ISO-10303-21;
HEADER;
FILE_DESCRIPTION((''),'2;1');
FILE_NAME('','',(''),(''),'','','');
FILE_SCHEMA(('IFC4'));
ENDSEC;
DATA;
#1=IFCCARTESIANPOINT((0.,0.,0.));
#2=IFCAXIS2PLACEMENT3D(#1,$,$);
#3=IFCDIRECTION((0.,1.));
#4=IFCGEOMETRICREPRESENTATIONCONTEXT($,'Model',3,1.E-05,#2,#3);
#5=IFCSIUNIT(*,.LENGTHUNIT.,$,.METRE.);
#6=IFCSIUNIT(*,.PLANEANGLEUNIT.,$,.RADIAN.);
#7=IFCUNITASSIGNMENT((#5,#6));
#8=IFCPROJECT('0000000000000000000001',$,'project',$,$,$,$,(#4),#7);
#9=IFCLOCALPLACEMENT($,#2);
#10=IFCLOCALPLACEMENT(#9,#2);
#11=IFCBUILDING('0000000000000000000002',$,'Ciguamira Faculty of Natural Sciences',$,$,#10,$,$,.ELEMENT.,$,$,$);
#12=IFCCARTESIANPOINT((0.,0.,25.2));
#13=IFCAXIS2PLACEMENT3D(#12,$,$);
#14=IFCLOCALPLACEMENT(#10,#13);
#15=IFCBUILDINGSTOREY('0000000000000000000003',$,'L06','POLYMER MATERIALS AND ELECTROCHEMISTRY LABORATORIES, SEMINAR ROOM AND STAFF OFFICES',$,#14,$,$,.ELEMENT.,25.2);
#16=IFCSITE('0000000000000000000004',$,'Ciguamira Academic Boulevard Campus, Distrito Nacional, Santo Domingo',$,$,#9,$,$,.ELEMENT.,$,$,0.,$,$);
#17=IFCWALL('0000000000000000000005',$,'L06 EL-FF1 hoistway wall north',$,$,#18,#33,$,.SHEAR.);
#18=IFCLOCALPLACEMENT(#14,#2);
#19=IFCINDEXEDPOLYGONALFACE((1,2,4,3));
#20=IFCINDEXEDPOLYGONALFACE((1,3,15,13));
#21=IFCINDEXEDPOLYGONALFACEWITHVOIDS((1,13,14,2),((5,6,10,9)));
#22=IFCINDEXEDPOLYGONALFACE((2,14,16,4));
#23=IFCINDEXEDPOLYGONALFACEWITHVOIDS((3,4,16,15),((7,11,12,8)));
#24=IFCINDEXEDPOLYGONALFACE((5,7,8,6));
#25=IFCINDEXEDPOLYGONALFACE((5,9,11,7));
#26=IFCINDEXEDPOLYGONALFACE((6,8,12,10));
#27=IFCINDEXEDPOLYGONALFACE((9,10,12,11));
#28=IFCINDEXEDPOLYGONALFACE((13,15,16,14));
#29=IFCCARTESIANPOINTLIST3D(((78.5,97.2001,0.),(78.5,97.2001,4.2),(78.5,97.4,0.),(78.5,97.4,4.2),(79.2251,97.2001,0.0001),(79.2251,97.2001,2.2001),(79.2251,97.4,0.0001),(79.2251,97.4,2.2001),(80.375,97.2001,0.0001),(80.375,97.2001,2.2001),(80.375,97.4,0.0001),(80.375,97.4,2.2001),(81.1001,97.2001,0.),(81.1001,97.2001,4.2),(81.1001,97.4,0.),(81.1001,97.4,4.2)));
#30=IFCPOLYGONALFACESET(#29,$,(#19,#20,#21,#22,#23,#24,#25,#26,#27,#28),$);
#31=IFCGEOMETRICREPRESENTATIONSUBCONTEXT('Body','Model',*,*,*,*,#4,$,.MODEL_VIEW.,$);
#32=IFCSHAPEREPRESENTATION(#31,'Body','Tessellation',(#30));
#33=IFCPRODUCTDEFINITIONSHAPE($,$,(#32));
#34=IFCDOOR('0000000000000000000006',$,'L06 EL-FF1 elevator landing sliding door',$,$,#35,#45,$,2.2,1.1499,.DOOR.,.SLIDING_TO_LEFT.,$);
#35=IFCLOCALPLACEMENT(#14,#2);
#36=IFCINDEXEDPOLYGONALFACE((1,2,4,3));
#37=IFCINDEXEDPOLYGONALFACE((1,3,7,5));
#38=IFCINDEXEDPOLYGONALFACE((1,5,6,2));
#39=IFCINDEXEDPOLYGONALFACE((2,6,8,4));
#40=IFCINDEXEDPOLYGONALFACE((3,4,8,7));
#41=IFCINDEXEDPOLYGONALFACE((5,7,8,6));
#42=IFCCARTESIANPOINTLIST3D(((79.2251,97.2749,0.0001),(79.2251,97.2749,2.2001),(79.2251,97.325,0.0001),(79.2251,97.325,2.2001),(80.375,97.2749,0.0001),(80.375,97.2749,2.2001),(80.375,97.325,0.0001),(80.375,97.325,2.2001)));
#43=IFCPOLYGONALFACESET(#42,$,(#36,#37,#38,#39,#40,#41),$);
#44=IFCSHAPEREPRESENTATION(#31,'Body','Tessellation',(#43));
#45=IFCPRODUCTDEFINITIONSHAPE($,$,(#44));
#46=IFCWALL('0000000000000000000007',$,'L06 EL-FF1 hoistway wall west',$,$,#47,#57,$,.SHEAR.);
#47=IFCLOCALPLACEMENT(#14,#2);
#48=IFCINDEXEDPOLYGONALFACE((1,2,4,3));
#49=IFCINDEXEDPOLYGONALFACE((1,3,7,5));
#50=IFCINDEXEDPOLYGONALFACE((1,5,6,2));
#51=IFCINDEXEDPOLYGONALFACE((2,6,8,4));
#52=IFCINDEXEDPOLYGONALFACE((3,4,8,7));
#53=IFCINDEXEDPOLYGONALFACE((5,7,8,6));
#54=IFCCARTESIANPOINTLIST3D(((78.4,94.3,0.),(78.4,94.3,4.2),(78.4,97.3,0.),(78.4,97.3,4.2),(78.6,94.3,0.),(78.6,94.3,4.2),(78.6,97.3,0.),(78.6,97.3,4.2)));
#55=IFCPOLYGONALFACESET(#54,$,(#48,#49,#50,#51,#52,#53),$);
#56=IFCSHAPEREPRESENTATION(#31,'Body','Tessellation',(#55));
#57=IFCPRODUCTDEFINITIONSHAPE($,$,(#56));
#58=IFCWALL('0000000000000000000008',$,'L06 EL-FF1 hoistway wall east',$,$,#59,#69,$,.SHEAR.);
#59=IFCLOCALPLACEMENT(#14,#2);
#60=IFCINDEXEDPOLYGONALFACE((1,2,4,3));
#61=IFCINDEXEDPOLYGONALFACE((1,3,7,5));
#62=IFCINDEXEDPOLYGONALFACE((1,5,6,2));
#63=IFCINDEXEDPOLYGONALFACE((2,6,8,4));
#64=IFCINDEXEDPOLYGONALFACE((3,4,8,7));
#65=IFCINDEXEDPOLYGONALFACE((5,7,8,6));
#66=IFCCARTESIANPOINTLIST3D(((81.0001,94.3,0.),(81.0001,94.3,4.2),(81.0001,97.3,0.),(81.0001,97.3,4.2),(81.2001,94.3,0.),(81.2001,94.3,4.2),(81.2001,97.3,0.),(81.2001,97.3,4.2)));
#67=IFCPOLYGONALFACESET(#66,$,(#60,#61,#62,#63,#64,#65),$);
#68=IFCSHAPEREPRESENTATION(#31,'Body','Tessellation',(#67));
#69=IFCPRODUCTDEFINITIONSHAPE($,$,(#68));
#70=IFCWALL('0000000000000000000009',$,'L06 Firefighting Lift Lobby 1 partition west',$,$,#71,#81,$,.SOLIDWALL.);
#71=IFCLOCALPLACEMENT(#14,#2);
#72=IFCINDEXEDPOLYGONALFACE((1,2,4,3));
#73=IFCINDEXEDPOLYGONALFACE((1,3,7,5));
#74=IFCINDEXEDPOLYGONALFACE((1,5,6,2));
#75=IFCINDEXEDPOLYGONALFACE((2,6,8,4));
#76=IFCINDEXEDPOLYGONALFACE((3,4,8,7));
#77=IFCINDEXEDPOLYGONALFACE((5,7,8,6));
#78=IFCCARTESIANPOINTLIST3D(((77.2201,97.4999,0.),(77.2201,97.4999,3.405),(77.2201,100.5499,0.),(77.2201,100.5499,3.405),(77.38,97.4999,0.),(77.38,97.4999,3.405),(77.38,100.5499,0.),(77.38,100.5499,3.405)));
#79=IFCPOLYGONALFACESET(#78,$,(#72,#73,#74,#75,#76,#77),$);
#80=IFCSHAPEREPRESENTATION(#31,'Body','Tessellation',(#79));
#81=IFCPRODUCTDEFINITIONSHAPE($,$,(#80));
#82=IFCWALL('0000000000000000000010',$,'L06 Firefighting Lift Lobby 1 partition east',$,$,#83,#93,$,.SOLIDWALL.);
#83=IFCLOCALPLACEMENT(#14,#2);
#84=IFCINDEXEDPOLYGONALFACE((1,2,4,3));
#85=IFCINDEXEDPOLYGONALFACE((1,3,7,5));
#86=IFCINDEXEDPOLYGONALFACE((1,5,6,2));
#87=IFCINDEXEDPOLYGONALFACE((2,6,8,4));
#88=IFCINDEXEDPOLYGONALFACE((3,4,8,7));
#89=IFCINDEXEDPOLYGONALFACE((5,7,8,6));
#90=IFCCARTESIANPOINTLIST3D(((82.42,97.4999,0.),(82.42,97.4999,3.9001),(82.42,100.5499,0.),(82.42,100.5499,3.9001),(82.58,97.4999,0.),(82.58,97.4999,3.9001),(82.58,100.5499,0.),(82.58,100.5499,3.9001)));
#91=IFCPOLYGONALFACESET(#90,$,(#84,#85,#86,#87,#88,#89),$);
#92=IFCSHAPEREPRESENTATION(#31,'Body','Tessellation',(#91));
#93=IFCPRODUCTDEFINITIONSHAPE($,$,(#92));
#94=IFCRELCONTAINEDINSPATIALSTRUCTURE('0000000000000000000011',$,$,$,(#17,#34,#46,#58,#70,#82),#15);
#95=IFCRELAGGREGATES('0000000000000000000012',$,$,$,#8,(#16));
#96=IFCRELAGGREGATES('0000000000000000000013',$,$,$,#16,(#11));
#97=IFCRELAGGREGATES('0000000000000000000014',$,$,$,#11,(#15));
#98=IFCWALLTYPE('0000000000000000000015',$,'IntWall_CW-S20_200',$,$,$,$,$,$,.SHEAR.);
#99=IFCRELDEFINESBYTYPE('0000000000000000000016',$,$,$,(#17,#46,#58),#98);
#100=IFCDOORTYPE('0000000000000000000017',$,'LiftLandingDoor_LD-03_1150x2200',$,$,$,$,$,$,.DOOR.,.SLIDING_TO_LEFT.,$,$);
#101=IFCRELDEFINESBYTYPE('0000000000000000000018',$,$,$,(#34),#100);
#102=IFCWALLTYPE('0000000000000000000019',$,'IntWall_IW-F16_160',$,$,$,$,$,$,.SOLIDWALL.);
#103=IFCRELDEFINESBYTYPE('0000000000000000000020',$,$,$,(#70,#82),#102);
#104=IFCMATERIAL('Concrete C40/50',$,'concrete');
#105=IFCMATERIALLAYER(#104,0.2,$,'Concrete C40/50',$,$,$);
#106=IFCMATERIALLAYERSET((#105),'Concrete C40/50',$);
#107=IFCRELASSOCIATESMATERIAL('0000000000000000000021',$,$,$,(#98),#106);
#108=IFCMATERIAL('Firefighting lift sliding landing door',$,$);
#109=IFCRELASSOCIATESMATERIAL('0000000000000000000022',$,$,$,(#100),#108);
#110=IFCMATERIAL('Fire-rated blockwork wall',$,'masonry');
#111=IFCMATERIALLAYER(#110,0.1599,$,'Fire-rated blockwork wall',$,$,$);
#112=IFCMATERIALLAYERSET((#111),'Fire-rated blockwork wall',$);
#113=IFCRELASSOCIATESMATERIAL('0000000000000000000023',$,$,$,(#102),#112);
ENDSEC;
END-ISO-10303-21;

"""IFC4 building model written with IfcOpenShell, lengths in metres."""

from ifc_helpers import new_model, si_unit, direction, frame, frame_2d, origin, place, context, subcontext, project, spatial, rectangle, extrude, material, layer, layer_set, type_object, element, fill, save


model = new_model("IFC4")

# Units and contexts
model_context = context("Model", 3, precision=1e-05, world=origin(), true_north=direction((0.0, 1.0)))
body_context = subcontext(model_context, "Body", "Model", "MODEL_VIEW")
ifc_project = project(units=[si_unit("LENGTHUNIT", "METRE"), si_unit("PLANEANGLEUNIT", "RADIAN")], contexts=[model_context])

# Site, building, storey
site_placement = place(None, origin())
site = spatial("IfcSite", under=ifc_project, at=site_placement, Name="Ciguamira Academic Boulevard Campus, Distrito Nacional, Santo Domingo", CompositionType="ELEMENT", RefElevation=0.0)
building_placement = place(site_placement, origin())
building = spatial("IfcBuilding", under=site, at=building_placement, Name="Ciguamira Faculty of Natural Sciences", CompositionType="ELEMENT")
storey_placement = place(building_placement, frame((0.0, 0.0, 25.2)))
storey = spatial("IfcBuildingStorey", under=building, at=storey_placement, Name="L06", Description="POLYMER MATERIALS AND ELECTROCHEMISTRY LABORATORIES, SEMINAR ROOM AND STAFF OFFICES", CompositionType="ELEMENT", Elevation=25.2)

# Shared definitions
ifc_material_1 = material(Name="Concrete C40/50", Category="concrete")

# Shared definitions
ifc_layer_1 = layer(ifc_material_1, 0.2, Name="Concrete C40/50")
ifc_layer_set_1 = layer_set([ifc_layer_1], Name="Concrete C40/50")
wall_type_1 = type_object("IfcWallType", Name="IntWall_CW-S20_200", PredefinedType="SHEAR", material=ifc_layer_set_1)

# Wall, opening, door
wall_1_placement = place(storey_placement, frame((78.5, 97.3, 0.0), z_axis=(0.0, 0.0, 1.0), x_axis=(1.0, 0.0, 0.0)))
wall_1 = element("IfcWall", 1, at=wall_1_placement, inside=storey, type_object=wall_type_1, Name="L06 EL-FF1 hoistway wall north", PredefinedType="SHEAR", context=body_context, shape_type="SweptSolid", body=[
    extrude(rectangle(XDim=2.6001, YDim=0.2, at=frame_2d((1.3, 0.0))), origin(), (0.0, 0.0, 1.0), 4.2),
])
opening_1_placement = place(wall_1_placement, frame((0.7251, 0.0, 0.0)))
opening_1 = element("IfcOpeningElement", 2, at=opening_1_placement, cuts=wall_1, PredefinedType="OPENING", context=body_context, shape_type="SweptSolid", body=[
    extrude(rectangle(XDim=1.1499, YDim=2.2, at=frame_2d((0.575, 1.1001))), frame((0.0, 0.1099, 0.0), z_axis=(0.0, -1.0, 0.0), x_axis=(1.0, 0.0, 0.0)), (0.0, 0.0, 1.0), 0.22),
])
ifc_material_2 = material(Name="Firefighting lift sliding landing door")
door_type_1 = type_object("IfcDoorType", Name="LiftLandingDoor_LD-03_1150x2200", OperationType="SLIDING_TO_LEFT", PredefinedType="DOOR", material=ifc_material_2)
door_1_placement = place(opening_1_placement, origin())
door_1 = element("IfcDoor", 3, at=door_1_placement, inside=storey, type_object=door_type_1, Name="L06 EL-FF1 elevator landing sliding door", OperationType="SLIDING_TO_LEFT", OverallHeight=2.2, OverallWidth=1.1499, PredefinedType="DOOR", context=body_context, shape_type="SweptSolid", body=[
    extrude(rectangle(XDim=1.1499, YDim=2.2, at=frame_2d((0.575, 1.1001))), frame((0.0, 0.0249, 0.0), z_axis=(0.0, -1.0, 0.0), x_axis=(1.0, 0.0, 0.0)), (0.0, 0.0, 1.0), 0.05),
])
fill(opening_1, door_1)

# Walls
for number, where, z_axis, x_axis, name in (
    (4, (78.5, 94.3, 0.0), (0.0, 0.0, 1.0), (0.0, 1.0, 0.0), "L06 EL-FF1 hoistway wall west"),
    (5, (81.1001, 94.3, 0.0), (0.0, 0.0, 1.0), (0.0, 1.0, 0.0), "L06 EL-FF1 hoistway wall east"),
):
    element("IfcWall", number, at=place(storey_placement, frame(where, z_axis=z_axis, x_axis=x_axis)), inside=storey, type_object=wall_type_1, Name=name, PredefinedType="SHEAR", context=body_context, shape_type="SweptSolid", body=[
        extrude(rectangle(XDim=3.0, YDim=0.2, at=frame_2d((1.5, 0.0))), origin(), (0.0, 0.0, 1.0), 4.2),
    ])

# Shared definitions
ifc_material_3 = material(Name="Fire-rated blockwork wall", Category="masonry")
ifc_layer_2 = layer(ifc_material_3, 0.1599, Name="Fire-rated blockwork wall")
ifc_layer_set_2 = layer_set([ifc_layer_2], Name="Fire-rated blockwork wall")
wall_type_2 = type_object("IfcWallType", Name="IntWall_IW-F16_160", PredefinedType="SOLIDWALL", material=ifc_layer_set_2)

# Walls
wall_2_placement = place(storey_placement, frame((77.3, 97.5, 0.0), z_axis=(0.0, 0.0, 1.0), x_axis=(0.0, 1.0, 0.0)))
element("IfcWall", 6, at=wall_2_placement, inside=storey, type_object=wall_type_2, Name="L06 Firefighting Lift Lobby 1 partition west", PredefinedType="SOLIDWALL", context=body_context, shape_type="SweptSolid", body=[
    extrude(rectangle(XDim=3.05, YDim=0.1599, at=frame_2d((1.5249, 0.0))), origin(), (0.0, 0.0, 1.0), 3.405),
])
wall_3_placement = place(storey_placement, frame((82.5, 97.5, 0.0), z_axis=(0.0, 0.0, 1.0), x_axis=(0.0, 1.0, 0.0)))
element("IfcWall", 7, at=wall_3_placement, inside=storey, type_object=wall_type_2, Name="L06 Firefighting Lift Lobby 1 partition east", PredefinedType="SOLIDWALL", context=body_context, shape_type="SweptSolid", body=[
    extrude(rectangle(XDim=3.05, YDim=0.1599, at=frame_2d((1.5249, 0.0))), origin(), (0.0, 0.0, 1.0), 3.9001),
])

save(model, "model.ifc")
